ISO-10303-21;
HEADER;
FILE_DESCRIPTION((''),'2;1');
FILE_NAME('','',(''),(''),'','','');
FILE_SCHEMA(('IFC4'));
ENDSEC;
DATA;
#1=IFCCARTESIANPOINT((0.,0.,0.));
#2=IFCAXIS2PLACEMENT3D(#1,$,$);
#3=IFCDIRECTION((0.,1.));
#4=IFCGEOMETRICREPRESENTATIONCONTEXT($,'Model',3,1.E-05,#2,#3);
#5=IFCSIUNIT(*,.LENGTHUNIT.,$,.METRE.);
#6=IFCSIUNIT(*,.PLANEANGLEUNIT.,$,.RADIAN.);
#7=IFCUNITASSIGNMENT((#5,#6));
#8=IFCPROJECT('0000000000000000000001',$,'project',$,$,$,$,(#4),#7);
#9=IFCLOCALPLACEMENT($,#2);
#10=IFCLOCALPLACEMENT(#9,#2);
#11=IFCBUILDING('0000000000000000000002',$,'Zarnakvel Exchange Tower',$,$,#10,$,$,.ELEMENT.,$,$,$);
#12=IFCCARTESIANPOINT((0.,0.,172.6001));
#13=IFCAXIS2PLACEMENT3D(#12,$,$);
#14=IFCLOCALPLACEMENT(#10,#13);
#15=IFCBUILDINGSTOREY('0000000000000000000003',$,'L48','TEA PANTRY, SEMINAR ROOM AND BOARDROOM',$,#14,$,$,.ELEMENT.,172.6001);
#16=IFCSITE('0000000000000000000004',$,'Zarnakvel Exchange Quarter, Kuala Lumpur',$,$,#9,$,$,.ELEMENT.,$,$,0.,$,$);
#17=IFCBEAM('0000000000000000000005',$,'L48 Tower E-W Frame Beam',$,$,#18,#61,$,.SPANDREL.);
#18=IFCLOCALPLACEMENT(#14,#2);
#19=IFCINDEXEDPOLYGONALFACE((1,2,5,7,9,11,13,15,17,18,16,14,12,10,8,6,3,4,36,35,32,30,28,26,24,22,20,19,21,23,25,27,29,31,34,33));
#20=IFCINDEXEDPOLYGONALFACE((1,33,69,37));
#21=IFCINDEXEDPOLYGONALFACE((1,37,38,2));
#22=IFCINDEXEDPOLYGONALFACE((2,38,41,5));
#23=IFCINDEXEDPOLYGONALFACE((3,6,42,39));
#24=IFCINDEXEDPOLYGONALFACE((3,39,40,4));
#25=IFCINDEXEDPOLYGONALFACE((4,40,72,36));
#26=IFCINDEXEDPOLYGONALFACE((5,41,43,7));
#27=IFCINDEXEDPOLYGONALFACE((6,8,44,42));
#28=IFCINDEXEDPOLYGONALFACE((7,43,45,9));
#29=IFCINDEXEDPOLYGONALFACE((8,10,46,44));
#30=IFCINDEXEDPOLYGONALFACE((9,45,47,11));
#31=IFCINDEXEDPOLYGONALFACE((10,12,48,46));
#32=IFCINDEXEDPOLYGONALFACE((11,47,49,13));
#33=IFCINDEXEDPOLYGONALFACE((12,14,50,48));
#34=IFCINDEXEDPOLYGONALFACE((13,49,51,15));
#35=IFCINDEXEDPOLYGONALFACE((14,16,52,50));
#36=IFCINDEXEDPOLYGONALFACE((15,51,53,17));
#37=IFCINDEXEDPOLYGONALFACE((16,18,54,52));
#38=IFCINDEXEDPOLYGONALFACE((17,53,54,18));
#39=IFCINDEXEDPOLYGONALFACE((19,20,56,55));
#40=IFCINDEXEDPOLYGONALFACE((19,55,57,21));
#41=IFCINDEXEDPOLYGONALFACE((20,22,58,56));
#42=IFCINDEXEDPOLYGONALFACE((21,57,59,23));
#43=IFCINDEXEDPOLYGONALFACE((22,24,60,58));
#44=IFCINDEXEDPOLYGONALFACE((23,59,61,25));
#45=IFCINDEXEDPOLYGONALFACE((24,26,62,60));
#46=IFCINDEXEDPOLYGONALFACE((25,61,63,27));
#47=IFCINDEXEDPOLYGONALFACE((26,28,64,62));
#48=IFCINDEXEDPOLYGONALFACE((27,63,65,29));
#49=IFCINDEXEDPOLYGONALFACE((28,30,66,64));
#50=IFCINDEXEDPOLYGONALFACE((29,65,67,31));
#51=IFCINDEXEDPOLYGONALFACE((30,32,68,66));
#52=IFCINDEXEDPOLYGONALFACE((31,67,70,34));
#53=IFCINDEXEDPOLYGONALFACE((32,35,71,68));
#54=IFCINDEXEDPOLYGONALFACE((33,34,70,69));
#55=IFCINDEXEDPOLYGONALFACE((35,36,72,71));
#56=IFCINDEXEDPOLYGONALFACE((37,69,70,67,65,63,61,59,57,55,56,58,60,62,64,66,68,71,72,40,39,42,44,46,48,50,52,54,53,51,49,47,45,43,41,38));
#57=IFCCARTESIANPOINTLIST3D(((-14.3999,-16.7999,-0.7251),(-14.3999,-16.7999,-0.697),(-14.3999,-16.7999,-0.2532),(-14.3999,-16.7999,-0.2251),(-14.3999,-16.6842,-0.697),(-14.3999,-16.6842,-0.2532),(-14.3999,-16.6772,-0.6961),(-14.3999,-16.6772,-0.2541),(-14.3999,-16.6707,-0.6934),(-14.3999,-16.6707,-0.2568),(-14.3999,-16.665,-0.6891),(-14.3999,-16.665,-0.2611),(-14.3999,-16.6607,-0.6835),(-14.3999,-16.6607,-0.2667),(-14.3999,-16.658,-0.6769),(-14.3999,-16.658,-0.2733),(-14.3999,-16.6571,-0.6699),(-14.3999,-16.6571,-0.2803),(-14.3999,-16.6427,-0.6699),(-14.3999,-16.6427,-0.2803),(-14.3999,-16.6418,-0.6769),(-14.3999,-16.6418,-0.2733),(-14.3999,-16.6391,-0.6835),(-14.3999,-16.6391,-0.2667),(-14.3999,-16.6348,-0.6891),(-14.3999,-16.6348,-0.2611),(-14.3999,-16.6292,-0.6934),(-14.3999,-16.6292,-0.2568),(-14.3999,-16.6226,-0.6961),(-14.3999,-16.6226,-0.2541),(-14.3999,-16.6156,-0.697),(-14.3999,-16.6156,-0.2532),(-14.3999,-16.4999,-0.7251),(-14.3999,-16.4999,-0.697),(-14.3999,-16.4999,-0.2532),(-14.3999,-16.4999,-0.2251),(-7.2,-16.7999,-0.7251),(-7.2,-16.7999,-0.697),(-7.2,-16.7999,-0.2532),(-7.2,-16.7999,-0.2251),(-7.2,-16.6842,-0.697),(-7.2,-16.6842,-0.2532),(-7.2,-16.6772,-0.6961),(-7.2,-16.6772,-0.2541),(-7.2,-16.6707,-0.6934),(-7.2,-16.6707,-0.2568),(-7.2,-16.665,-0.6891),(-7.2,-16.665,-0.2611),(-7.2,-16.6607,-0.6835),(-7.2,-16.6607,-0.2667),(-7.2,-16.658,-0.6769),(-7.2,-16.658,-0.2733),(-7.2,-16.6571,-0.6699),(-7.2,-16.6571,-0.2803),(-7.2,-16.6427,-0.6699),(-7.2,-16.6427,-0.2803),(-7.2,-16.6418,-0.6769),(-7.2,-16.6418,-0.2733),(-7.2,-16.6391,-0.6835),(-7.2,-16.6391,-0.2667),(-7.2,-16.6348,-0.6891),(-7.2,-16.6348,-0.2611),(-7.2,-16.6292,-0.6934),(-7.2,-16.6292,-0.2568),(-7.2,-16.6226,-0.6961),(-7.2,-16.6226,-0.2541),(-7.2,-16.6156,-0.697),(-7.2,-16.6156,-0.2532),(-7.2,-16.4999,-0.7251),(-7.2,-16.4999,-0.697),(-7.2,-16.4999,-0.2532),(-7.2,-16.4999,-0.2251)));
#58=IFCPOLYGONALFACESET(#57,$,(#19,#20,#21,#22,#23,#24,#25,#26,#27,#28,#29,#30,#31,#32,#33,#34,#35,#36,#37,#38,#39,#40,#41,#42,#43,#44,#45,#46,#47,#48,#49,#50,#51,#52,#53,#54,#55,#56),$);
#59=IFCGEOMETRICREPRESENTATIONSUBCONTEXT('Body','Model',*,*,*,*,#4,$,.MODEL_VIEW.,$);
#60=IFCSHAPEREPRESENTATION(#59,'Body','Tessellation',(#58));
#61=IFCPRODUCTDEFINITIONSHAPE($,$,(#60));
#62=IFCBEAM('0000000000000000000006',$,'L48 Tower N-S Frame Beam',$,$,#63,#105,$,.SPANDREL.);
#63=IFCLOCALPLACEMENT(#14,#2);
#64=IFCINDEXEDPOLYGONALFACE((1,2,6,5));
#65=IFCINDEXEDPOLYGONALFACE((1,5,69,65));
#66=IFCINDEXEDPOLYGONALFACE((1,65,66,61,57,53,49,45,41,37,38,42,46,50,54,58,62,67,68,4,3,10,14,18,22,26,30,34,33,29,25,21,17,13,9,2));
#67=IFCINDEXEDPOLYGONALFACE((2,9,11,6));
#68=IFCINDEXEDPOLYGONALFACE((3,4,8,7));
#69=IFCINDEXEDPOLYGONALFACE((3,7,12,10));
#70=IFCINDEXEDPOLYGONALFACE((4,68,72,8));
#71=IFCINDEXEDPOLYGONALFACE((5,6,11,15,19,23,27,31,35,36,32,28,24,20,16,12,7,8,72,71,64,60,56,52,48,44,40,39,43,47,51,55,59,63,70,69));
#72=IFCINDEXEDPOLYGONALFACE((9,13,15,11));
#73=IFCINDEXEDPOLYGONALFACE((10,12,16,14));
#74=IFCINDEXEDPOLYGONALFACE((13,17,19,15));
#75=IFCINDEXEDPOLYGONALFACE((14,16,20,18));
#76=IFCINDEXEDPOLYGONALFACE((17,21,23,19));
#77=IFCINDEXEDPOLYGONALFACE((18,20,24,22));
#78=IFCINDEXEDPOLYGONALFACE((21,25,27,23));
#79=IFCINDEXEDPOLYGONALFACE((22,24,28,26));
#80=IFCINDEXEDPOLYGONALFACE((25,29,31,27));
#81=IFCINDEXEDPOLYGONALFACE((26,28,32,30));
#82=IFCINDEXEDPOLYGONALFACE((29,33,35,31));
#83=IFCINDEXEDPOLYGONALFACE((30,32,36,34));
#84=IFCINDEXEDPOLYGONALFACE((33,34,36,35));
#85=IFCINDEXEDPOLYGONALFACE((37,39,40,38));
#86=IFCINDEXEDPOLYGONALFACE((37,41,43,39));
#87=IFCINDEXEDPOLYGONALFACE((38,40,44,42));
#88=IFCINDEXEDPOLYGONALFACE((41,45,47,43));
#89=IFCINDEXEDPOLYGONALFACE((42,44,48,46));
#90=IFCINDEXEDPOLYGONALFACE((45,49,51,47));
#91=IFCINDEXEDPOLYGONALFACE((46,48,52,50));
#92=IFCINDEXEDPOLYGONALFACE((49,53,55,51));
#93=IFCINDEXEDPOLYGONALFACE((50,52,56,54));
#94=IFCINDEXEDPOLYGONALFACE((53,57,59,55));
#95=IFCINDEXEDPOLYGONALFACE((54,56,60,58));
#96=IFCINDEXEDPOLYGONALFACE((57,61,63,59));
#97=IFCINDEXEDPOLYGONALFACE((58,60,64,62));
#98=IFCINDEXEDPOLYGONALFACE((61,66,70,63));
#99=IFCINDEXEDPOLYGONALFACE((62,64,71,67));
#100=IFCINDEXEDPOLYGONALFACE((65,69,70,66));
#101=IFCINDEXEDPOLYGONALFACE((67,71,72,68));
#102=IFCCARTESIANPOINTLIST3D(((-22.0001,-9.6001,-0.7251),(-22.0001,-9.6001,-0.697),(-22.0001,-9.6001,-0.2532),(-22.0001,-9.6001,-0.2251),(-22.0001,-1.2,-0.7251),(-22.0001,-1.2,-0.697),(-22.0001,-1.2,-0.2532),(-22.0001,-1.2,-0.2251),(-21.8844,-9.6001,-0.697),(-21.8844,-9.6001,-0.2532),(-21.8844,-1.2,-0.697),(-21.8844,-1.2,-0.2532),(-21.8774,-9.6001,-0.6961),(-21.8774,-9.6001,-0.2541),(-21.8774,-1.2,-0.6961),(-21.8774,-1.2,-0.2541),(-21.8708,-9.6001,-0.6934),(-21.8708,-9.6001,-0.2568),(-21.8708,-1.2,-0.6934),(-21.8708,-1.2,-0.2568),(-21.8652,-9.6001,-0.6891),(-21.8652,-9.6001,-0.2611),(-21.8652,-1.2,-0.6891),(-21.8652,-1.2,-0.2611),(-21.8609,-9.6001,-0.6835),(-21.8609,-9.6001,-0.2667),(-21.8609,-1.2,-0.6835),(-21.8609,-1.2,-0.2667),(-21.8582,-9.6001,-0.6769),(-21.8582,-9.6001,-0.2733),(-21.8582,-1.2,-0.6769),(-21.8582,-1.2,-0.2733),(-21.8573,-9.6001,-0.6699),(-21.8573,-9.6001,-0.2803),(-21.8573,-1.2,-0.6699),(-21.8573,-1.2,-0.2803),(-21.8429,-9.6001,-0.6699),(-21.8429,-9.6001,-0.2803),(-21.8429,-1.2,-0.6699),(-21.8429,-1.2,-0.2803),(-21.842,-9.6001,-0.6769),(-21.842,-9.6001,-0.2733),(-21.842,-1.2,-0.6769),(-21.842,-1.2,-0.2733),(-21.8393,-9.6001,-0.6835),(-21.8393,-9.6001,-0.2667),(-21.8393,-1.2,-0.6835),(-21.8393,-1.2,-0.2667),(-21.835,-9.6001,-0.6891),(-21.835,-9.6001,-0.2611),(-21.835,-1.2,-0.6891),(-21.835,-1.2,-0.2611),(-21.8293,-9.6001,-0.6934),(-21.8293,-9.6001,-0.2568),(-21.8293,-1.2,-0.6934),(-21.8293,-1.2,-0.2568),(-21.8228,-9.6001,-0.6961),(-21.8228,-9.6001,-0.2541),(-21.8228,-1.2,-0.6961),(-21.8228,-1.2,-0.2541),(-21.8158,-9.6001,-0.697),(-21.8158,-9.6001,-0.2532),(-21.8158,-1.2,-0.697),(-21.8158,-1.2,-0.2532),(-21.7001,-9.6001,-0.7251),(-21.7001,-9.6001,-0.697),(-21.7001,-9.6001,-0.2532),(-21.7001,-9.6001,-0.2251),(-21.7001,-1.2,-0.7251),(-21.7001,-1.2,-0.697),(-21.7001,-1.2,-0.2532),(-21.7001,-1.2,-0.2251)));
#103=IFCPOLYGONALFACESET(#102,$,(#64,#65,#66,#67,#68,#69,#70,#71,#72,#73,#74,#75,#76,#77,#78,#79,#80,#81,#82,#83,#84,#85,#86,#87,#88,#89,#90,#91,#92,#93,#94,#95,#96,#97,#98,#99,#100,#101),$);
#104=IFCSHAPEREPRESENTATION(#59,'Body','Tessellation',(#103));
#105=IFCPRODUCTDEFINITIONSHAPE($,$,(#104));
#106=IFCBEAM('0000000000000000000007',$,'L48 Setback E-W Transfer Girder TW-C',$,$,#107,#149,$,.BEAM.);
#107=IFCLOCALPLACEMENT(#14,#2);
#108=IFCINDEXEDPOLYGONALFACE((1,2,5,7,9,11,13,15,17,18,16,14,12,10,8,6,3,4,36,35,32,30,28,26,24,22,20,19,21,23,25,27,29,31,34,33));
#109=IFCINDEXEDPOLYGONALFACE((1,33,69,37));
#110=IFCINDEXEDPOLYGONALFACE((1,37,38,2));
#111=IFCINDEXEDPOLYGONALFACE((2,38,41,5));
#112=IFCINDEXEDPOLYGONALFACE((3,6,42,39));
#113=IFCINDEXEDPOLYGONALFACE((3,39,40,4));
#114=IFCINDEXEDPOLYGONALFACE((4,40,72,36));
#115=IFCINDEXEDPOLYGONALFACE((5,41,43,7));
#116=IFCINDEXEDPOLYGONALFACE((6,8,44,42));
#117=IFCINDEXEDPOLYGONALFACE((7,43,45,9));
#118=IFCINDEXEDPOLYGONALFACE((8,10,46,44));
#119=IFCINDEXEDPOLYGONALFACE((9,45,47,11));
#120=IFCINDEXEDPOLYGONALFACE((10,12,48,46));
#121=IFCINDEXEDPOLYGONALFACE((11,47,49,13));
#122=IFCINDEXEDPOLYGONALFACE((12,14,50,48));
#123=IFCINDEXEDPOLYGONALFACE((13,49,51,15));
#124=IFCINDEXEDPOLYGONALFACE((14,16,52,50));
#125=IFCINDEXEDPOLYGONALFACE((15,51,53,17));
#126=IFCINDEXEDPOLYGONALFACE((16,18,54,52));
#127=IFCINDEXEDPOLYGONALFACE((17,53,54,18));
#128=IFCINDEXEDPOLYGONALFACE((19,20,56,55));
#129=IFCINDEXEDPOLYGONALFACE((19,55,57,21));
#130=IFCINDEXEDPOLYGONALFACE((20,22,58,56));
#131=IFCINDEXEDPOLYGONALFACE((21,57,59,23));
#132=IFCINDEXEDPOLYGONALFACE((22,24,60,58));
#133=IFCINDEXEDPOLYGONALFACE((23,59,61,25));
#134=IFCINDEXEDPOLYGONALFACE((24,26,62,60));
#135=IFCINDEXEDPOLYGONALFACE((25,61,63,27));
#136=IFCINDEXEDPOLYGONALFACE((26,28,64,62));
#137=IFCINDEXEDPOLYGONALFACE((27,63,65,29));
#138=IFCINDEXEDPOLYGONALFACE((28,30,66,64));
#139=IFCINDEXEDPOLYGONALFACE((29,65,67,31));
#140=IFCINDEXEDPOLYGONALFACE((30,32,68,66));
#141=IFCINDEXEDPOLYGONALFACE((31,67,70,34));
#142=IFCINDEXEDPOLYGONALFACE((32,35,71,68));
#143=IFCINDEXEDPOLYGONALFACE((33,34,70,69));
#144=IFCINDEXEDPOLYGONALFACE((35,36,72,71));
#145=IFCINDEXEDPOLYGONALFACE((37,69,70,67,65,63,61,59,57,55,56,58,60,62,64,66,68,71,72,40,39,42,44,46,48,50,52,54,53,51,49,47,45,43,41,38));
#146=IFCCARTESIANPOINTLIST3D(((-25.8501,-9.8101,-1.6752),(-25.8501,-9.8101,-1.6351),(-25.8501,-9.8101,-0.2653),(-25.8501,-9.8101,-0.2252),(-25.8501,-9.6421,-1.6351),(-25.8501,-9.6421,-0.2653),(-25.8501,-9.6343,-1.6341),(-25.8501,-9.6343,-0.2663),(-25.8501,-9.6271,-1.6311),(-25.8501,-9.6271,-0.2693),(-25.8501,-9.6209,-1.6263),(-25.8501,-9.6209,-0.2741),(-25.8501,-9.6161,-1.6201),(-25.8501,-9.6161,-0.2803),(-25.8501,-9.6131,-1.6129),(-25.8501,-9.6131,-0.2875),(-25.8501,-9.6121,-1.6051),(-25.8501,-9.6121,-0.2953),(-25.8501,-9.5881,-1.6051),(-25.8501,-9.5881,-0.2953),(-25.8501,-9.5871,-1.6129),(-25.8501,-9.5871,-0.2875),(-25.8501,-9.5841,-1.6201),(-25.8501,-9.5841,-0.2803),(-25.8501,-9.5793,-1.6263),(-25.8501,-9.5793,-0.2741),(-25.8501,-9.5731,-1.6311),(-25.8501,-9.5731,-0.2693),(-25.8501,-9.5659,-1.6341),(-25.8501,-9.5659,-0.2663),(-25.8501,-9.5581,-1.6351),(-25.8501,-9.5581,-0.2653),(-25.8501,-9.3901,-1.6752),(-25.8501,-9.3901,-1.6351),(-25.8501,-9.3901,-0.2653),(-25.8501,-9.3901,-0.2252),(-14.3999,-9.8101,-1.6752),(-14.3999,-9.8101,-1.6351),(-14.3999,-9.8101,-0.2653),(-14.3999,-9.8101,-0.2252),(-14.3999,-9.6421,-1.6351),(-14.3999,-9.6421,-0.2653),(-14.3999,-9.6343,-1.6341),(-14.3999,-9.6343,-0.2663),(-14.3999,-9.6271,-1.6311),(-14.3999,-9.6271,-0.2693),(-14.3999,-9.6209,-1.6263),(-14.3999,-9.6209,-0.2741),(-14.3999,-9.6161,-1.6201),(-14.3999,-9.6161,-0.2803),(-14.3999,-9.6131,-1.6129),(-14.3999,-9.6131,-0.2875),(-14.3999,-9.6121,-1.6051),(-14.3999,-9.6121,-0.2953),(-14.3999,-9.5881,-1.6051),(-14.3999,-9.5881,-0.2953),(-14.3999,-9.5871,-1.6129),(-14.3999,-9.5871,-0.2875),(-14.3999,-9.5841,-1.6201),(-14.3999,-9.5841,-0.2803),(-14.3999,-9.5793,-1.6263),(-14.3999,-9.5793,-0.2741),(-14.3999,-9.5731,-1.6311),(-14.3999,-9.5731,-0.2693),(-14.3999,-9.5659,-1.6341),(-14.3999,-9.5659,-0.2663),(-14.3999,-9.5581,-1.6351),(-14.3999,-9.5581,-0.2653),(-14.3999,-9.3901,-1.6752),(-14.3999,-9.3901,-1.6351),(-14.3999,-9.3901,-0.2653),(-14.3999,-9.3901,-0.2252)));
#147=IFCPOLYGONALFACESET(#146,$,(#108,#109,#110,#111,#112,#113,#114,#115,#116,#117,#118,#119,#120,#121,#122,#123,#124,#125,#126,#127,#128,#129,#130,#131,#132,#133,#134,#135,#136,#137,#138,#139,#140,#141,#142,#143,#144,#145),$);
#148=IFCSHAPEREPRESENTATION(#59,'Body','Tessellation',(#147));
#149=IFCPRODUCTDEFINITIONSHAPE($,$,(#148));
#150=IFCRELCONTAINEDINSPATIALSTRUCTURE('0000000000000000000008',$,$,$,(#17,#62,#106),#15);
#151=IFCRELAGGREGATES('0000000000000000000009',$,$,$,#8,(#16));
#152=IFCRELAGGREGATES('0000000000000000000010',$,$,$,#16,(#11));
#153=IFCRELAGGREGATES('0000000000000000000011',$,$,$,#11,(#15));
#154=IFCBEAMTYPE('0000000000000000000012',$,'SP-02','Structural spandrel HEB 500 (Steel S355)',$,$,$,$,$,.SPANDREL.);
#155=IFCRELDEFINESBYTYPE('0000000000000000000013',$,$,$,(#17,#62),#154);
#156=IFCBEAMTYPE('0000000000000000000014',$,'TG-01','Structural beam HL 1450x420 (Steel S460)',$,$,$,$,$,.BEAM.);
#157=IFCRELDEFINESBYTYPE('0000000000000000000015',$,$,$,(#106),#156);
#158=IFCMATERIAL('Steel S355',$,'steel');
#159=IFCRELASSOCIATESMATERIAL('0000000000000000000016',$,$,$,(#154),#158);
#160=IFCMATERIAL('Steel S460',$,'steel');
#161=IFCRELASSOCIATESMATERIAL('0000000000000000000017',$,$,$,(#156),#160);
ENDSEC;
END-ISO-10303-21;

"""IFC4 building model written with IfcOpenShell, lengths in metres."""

from ifc_helpers import new_model, si_unit, direction, frame, origin, origin_2d, place, context, subcontext, project, spatial, i_section, extrude, material, material_profile, profile_set, type_object, element, save


model = new_model("IFC4")

# Units and contexts
model_context = context("Model", 3, precision=1e-05, world=origin(), true_north=direction((0.0, 1.0)))
body_context = subcontext(model_context, "Body", "Model", "MODEL_VIEW")
ifc_project = project(units=[si_unit("LENGTHUNIT", "METRE"), si_unit("PLANEANGLEUNIT", "RADIAN")], contexts=[model_context])

# Site, building, storey
site_placement = place(None, origin())
site = spatial("IfcSite", under=ifc_project, at=site_placement, Name="Zarnakvel Exchange Quarter, Kuala Lumpur", CompositionType="ELEMENT", RefElevation=0.0)
building_placement = place(site_placement, origin())
building = spatial("IfcBuilding", under=site, at=building_placement, Name="Zarnakvel Exchange Tower", CompositionType="ELEMENT")
storey_placement = place(building_placement, frame((0.0, 0.0, 172.6001)))
storey = spatial("IfcBuildingStorey", under=building, at=storey_placement, Name="L48", Description="TEA PANTRY, SEMINAR ROOM AND BOARDROOM", CompositionType="ELEMENT", Elevation=172.6001)

# Shared definitions
ifc_material_1 = material(Name="Steel S355", Category="steel")

# Beams
ifc_material_profile_1 = material_profile(ifc_material_1, i_section(OverallWidth=0.3, OverallDepth=0.5, WebThickness=0.0144, FlangeThickness=0.0281, FilletRadius=0.0271, at=origin_2d()))
ifc_profile_set_1 = profile_set([ifc_material_profile_1], Name="Steel S355")
beam_type_1 = type_object("IfcBeamType", Name="SP-02", Description="Structural spandrel HEB 500 (Steel S355)", PredefinedType="SPANDREL", material=ifc_profile_set_1)
beam_1_placement = place(storey_placement, frame((-14.3999, -16.6499, -0.4751), z_axis=(1.0, 0.0, 0.0), x_axis=(0.0, 1.0, 0.0)))
element("IfcBeam", 1, at=beam_1_placement, inside=storey, type_object=beam_type_1, Name="L48 Tower E-W Frame Beam", PredefinedType="SPANDREL", context=body_context, shape_type="SweptSolid", body=[
    extrude(i_section(OverallWidth=0.3, OverallDepth=0.5, WebThickness=0.0144, FlangeThickness=0.0281, FilletRadius=0.0271, at=origin_2d()), origin(), (0.0, 0.0, 1.0), 7.2),
])
beam_2_placement = place(storey_placement, frame((-21.8501, -9.6001, -0.4751), z_axis=(0.0, 1.0, 0.0), x_axis=(-1.0, 0.0, 0.0)))
element("IfcBeam", 2, at=beam_2_placement, inside=storey, type_object=beam_type_1, Name="L48 Tower N-S Frame Beam", PredefinedType="SPANDREL", context=body_context, shape_type="SweptSolid", body=[
    extrude(i_section(OverallWidth=0.3, OverallDepth=0.5, WebThickness=0.0144, FlangeThickness=0.0281, FilletRadius=0.0271, at=origin_2d()), origin(), (0.0, 0.0, 1.0), 8.4001),
])
ifc_material_2 = material(Name="Steel S460", Category="steel")
ifc_material_profile_2 = material_profile(ifc_material_2, i_section(OverallWidth=0.4199, OverallDepth=1.45, WebThickness=0.0239, FlangeThickness=0.04, FilletRadius=0.03, at=origin_2d()))
ifc_profile_set_2 = profile_set([ifc_material_profile_2], Name="Steel S460")
beam_type_2 = type_object("IfcBeamType", Name="TG-01", Description="Structural beam HL 1450x420 (Steel S460)", PredefinedType="BEAM", material=ifc_profile_set_2)
beam_3_placement = place(storey_placement, frame((-25.8501, -9.6001, -0.9502), z_axis=(1.0, 0.0, 0.0), x_axis=(0.0, 1.0, 0.0)))
element("IfcBeam", 3, at=beam_3_placement, inside=storey, type_object=beam_type_2, Name="L48 Setback E-W Transfer Girder TW-C", PredefinedType="BEAM", context=body_context, shape_type="SweptSolid", body=[
    extrude(i_section(OverallWidth=0.4199, OverallDepth=1.45, WebThickness=0.0239, FlangeThickness=0.04, FilletRadius=0.03, at=origin_2d()), origin(), (0.0, 0.0, 1.0), 11.4502),
])

save(model, "model.ifc")
